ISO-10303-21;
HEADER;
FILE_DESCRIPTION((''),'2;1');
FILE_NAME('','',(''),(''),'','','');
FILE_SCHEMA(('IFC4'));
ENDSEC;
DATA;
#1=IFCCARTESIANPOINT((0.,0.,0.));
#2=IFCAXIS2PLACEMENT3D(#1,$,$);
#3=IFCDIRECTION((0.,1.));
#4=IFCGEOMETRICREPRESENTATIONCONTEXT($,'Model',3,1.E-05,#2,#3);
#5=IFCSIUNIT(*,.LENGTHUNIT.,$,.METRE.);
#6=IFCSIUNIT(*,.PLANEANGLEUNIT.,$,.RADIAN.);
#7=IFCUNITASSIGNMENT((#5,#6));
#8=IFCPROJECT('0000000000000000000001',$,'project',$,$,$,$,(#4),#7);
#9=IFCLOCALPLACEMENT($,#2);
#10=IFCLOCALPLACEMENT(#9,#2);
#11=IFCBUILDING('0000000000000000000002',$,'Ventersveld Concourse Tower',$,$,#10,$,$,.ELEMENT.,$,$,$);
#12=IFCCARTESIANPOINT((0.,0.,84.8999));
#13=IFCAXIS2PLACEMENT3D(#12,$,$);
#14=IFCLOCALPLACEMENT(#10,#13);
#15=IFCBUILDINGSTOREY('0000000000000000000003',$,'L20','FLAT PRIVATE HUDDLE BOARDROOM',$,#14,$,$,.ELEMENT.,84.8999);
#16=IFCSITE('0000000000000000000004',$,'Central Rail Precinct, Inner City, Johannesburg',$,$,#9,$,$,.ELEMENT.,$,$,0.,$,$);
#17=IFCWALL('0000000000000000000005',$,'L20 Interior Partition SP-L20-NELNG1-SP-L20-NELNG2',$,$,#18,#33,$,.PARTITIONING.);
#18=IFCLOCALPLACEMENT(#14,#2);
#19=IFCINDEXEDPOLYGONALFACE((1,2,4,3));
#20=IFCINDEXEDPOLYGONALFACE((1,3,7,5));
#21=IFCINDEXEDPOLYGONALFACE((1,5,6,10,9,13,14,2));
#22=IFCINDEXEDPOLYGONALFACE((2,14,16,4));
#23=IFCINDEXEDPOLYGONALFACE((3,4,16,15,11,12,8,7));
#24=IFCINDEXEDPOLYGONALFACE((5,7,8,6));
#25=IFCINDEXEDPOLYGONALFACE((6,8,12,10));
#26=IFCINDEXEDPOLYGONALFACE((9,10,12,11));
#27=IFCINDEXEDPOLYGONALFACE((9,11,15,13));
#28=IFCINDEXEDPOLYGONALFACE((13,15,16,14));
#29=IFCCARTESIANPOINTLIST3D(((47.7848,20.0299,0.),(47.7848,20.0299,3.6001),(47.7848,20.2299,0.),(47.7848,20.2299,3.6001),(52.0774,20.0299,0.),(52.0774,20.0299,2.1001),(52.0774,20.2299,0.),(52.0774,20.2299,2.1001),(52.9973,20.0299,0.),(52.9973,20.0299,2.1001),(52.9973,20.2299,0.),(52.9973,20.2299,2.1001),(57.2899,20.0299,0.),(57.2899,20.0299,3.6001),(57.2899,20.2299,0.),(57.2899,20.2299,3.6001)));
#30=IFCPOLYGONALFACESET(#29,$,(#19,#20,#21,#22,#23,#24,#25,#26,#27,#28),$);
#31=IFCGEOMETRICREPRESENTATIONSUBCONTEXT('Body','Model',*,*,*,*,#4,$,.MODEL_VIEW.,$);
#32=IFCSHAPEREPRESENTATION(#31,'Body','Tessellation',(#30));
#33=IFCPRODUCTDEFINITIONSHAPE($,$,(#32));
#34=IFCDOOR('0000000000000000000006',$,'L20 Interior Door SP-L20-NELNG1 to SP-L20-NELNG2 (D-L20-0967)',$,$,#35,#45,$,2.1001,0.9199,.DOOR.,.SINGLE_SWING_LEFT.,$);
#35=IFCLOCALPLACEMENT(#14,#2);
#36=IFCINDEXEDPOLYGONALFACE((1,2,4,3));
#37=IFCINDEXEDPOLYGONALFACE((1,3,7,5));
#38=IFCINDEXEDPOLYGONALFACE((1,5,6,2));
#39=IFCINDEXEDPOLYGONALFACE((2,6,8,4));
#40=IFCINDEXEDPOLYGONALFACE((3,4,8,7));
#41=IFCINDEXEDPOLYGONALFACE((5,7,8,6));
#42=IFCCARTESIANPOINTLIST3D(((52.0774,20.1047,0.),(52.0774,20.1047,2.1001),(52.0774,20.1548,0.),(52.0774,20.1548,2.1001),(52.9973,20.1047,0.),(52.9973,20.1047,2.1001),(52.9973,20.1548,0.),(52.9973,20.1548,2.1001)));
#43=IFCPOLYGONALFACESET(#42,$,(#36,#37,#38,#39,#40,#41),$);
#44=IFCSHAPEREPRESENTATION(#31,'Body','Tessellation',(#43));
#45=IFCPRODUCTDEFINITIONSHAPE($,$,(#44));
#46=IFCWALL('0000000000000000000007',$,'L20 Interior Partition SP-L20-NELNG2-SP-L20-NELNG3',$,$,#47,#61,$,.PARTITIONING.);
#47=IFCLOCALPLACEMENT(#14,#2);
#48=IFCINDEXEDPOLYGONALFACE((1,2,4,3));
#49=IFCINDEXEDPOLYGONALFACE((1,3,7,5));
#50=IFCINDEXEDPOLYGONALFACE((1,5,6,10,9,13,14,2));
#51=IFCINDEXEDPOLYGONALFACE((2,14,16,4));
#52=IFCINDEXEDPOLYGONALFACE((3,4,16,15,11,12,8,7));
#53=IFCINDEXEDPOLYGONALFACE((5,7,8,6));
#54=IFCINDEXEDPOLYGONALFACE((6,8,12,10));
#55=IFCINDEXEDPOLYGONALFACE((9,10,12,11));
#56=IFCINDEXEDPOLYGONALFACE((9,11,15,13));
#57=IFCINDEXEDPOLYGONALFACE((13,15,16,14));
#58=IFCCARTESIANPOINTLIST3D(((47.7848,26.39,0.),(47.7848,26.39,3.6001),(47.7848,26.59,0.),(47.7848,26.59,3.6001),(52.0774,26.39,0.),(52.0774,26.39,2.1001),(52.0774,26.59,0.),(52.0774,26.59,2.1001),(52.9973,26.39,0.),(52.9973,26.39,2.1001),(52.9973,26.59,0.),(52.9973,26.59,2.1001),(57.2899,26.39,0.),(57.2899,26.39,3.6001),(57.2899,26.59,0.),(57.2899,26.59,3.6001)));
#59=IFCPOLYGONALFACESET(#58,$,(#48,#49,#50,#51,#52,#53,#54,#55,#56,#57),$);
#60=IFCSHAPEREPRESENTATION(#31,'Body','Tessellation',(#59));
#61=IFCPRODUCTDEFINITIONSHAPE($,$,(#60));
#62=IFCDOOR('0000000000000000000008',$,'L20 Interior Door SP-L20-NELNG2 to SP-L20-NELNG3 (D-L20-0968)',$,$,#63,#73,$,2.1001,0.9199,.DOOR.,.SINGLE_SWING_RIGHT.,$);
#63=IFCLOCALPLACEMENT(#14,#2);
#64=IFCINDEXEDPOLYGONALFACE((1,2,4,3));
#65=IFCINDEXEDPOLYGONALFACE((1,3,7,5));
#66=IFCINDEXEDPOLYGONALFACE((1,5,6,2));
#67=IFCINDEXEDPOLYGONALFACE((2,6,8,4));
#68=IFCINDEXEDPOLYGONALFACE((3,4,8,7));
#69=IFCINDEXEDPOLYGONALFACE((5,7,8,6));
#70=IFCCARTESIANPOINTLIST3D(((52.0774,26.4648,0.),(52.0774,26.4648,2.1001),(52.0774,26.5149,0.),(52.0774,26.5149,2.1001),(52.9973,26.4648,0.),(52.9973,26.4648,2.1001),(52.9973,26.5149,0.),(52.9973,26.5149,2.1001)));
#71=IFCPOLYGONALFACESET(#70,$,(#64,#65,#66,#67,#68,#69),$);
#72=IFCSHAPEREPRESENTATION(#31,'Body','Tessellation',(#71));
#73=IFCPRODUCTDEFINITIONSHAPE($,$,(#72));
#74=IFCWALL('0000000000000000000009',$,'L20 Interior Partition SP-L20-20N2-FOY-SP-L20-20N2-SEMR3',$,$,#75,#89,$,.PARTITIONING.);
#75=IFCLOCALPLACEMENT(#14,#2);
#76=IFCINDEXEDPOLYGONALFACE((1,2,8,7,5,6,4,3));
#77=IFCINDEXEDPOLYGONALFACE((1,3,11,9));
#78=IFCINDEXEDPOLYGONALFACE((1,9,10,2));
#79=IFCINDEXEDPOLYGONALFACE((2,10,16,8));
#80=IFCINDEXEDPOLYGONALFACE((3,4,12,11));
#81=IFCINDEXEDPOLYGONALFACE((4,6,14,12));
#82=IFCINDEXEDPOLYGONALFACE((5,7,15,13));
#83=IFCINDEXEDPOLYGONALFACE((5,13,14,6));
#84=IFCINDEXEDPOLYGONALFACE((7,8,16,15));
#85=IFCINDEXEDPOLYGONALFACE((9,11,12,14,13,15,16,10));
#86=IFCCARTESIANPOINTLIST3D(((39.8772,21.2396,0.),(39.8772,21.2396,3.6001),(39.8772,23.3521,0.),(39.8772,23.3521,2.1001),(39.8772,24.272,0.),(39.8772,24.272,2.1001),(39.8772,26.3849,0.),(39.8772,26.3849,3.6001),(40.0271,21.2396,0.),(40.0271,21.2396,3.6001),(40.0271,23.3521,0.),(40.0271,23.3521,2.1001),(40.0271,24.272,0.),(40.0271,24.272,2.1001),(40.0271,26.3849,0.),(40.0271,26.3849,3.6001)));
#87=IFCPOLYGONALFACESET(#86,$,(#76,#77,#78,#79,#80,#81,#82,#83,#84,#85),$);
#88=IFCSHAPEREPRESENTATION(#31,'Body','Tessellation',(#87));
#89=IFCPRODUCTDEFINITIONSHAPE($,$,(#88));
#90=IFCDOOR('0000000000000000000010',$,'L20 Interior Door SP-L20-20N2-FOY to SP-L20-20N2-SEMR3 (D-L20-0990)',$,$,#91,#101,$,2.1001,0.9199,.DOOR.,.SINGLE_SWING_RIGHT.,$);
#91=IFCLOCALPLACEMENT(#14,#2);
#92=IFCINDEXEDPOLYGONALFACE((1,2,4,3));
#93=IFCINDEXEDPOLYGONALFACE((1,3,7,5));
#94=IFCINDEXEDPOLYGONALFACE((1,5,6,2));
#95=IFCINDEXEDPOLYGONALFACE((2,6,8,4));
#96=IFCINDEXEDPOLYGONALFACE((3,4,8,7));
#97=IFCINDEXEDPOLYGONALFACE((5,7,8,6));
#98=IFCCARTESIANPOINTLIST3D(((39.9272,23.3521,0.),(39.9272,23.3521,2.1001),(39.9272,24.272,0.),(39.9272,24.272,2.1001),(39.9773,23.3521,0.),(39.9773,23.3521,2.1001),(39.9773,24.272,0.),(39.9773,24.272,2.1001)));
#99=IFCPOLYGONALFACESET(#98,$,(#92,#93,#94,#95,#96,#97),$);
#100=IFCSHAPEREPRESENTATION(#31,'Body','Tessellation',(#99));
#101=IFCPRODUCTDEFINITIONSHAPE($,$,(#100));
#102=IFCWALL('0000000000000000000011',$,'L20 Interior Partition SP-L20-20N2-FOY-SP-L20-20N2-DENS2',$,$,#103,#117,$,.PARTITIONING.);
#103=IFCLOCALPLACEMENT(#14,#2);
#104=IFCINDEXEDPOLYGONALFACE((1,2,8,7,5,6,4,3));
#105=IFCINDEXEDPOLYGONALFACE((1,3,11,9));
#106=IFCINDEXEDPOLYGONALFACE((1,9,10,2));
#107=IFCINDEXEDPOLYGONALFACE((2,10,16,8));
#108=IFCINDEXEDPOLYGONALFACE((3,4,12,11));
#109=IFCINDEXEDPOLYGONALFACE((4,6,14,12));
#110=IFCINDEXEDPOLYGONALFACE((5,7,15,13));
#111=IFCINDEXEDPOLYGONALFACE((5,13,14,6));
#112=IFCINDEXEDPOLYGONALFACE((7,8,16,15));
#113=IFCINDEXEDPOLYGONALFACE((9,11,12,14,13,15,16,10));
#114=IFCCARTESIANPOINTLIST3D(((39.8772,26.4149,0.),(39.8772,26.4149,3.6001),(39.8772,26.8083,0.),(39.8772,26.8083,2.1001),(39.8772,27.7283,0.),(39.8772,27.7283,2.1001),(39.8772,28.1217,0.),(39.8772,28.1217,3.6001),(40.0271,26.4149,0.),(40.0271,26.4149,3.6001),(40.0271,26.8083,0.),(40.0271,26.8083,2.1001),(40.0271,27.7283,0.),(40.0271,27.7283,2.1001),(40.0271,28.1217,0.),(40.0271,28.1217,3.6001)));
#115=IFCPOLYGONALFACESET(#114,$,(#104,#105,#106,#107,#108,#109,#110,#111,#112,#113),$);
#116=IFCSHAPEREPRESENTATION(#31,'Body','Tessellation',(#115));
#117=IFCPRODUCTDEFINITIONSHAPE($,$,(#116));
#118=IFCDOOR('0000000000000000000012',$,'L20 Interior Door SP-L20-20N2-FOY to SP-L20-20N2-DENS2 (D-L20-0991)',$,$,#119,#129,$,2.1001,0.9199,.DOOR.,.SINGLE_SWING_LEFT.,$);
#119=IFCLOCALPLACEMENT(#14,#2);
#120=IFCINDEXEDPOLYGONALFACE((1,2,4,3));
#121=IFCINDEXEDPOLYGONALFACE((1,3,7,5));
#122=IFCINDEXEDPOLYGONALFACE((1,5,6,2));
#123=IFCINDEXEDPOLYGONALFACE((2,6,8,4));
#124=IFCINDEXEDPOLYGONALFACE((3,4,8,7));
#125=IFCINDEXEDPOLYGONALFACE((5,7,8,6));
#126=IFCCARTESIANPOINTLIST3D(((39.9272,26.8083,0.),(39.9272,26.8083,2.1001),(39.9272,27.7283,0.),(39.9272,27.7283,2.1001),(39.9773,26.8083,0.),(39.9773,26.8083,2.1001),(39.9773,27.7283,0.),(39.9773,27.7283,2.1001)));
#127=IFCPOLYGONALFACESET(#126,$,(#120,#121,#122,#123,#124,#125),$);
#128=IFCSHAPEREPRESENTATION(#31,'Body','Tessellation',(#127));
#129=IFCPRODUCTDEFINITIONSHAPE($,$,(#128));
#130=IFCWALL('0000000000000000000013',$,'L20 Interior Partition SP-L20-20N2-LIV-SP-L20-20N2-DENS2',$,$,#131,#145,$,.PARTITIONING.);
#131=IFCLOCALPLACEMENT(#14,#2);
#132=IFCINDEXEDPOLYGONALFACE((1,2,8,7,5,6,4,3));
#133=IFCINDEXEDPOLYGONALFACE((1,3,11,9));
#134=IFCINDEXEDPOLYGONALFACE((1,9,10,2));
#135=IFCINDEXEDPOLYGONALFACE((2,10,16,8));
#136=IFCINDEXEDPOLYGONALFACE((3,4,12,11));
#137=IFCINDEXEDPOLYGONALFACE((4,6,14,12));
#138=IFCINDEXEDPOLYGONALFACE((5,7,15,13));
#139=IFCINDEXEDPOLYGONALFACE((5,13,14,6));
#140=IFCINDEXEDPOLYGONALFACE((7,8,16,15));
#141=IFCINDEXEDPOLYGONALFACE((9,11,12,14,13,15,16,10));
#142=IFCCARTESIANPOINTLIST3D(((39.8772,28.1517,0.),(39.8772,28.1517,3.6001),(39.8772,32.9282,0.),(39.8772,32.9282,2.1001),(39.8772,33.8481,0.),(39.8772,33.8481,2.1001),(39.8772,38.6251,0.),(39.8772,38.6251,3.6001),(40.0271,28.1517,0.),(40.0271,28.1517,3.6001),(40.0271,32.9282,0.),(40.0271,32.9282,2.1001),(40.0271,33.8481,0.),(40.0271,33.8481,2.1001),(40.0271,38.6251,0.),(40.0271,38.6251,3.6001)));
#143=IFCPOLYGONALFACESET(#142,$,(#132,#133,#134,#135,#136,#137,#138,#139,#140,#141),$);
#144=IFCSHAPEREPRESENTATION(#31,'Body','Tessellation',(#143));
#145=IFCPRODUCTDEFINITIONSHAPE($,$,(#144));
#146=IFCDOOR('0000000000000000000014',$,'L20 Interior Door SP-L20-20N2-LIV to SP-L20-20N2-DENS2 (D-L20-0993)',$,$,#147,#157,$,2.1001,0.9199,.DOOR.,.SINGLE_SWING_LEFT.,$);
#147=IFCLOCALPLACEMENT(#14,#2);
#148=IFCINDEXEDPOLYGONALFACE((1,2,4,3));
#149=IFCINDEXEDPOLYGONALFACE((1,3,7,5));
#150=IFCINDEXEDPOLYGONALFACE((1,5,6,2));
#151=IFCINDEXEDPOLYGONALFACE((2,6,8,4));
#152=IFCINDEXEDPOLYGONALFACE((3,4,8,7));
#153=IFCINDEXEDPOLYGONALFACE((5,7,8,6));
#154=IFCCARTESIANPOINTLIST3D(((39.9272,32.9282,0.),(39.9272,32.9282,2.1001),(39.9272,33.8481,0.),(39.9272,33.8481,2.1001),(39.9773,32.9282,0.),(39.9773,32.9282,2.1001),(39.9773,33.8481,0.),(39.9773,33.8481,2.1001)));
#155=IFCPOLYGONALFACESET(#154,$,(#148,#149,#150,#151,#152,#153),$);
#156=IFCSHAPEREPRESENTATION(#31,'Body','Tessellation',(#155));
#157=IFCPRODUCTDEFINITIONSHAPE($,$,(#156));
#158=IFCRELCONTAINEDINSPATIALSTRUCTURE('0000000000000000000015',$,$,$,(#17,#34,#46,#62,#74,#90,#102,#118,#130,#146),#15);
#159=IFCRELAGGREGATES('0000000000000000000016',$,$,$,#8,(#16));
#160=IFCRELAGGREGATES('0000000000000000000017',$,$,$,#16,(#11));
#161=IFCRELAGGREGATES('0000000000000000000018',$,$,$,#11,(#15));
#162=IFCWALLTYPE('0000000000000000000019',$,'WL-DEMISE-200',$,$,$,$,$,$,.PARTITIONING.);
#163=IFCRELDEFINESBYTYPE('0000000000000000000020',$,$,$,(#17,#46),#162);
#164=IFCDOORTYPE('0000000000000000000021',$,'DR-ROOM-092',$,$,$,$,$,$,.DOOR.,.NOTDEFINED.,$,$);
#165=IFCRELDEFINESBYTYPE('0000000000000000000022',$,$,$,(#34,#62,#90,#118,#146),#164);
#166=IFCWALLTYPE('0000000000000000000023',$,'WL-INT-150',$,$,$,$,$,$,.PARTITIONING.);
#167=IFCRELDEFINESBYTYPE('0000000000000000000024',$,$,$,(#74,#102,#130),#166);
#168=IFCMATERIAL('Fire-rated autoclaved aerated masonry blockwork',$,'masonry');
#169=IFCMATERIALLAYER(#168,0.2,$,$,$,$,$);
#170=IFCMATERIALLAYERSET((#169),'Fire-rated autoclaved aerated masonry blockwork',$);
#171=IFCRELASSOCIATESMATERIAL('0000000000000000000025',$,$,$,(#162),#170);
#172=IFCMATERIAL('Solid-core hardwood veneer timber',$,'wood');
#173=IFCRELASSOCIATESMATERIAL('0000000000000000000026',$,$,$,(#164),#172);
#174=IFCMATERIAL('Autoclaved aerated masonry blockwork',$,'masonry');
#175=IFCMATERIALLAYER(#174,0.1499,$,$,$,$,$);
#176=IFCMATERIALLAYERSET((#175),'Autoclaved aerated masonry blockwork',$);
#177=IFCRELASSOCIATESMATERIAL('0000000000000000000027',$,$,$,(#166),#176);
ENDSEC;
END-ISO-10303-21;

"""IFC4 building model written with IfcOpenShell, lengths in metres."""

from ifc_helpers import new_model, si_unit, direction, frame, frame_2d, origin, place, context, subcontext, project, spatial, rectangle, extrude, material, layer, layer_set, type_object, element, fill, save


model = new_model("IFC4")

# Units and contexts
model_context = context("Model", 3, precision=1e-05, world=origin(), true_north=direction((0.0, 1.0)))
body_context = subcontext(model_context, "Body", "Model", "MODEL_VIEW")
ifc_project = project(units=[si_unit("LENGTHUNIT", "METRE"), si_unit("PLANEANGLEUNIT", "RADIAN")], contexts=[model_context])

# Site, building, storey
site_placement = place(None, origin())
site = spatial("IfcSite", under=ifc_project, at=site_placement, Name="Central Rail Precinct, Inner City, Johannesburg", CompositionType="ELEMENT", RefElevation=0.0)
building_placement = place(site_placement, origin())
building = spatial("IfcBuilding", under=site, at=building_placement, Name="Ventersveld Concourse Tower", CompositionType="ELEMENT")
storey_placement = place(building_placement, frame((0.0, 0.0, 84.8999)))
storey = spatial("IfcBuildingStorey", under=building, at=storey_placement, Name="L20", Description="FLAT PRIVATE HUDDLE BOARDROOM", CompositionType="ELEMENT", Elevation=84.8999)

# Shared definitions
ifc_material_1 = material(Name="Fire-rated autoclaved aerated masonry blockwork", Category="masonry")
ifc_material_2 = material(Name="Solid-core hardwood veneer timber", Category="wood")

# Walls, openings, doors
ifc_layer_1 = layer(ifc_material_1, 0.2)
ifc_layer_set_1 = layer_set([ifc_layer_1], Name="Fire-rated autoclaved aerated masonry blockwork")
wall_type_1 = type_object("IfcWallType", Name="WL-DEMISE-200", PredefinedType="PARTITIONING", material=ifc_layer_set_1)
wall_1_placement = place(storey_placement, frame((47.7849, 20.1299, 0.0), z_axis=(0.0, 0.0, 1.0), x_axis=(1.0, 0.0, 0.0)))
wall_1 = element("IfcWall", 1, at=wall_1_placement, inside=storey, type_object=wall_type_1, Name="L20 Interior Partition SP-L20-NELNG1-SP-L20-NELNG2", PredefinedType="PARTITIONING", context=body_context, shape_type="SweptSolid", body=[
    extrude(rectangle(XDim=9.5051, YDim=0.2, at=frame_2d((4.7524, 0.0))), origin(), (0.0, 0.0, 1.0), 3.6001),
])
opening_1_placement = place(wall_1_placement, frame((4.2925, 0.0, 0.0)))
opening_1 = element("IfcOpeningElement", 2, at=opening_1_placement, cuts=wall_1, PredefinedType="OPENING", context=body_context, shape_type="SweptSolid", body=[
    extrude(rectangle(XDim=0.9199, YDim=2.1001, at=frame_2d((0.46, 1.05))), frame((0.0, 0.1099, 0.0), z_axis=(0.0, -1.0, 0.0), x_axis=(1.0, 0.0, 0.0)), (0.0, 0.0, 1.0), 0.22),
])
door_type_1 = type_object("IfcDoorType", Name="DR-ROOM-092", OperationType="NOTDEFINED", PredefinedType="DOOR", material=ifc_material_2)
door_1_placement = place(opening_1_placement, origin())
door_1 = element("IfcDoor", 3, at=door_1_placement, inside=storey, type_object=door_type_1, Name="L20 Interior Door SP-L20-NELNG1 to SP-L20-NELNG2 (D-L20-0967)", OperationType="SINGLE_SWING_LEFT", OverallHeight=2.1001, OverallWidth=0.9199, PredefinedType="DOOR", context=body_context, shape_type="SweptSolid", body=[
    extrude(rectangle(XDim=0.9199, YDim=2.1001, at=frame_2d((0.46, 1.05))), frame((0.0, 0.0249, 0.0), z_axis=(0.0, -1.0, 0.0), x_axis=(1.0, 0.0, 0.0)), (0.0, 0.0, 1.0), 0.05),
])
fill(opening_1, door_1)
wall_2_placement = place(storey_placement, frame((47.7849, 26.49, 0.0), z_axis=(0.0, 0.0, 1.0), x_axis=(1.0, 0.0, 0.0)))
wall_2 = element("IfcWall", 4, at=wall_2_placement, inside=storey, type_object=wall_type_1, Name="L20 Interior Partition SP-L20-NELNG2-SP-L20-NELNG3", PredefinedType="PARTITIONING", context=body_context, shape_type="SweptSolid", body=[
    extrude(rectangle(XDim=9.5051, YDim=0.2, at=frame_2d((4.7524, 0.0))), origin(), (0.0, 0.0, 1.0), 3.6001),
])
opening_2_placement = place(wall_2_placement, frame((4.2925, 0.0, 0.0)))
opening_2 = element("IfcOpeningElement", 5, at=opening_2_placement, cuts=wall_2, PredefinedType="OPENING", context=body_context, shape_type="SweptSolid", body=[
    extrude(rectangle(XDim=0.9199, YDim=2.1001, at=frame_2d((0.46, 1.05))), frame((0.0, 0.1099, 0.0), z_axis=(0.0, -1.0, 0.0), x_axis=(1.0, 0.0, 0.0)), (0.0, 0.0, 1.0), 0.22),
])
door_2_placement = place(opening_2_placement, origin())
door_2 = element("IfcDoor", 6, at=door_2_placement, inside=storey, type_object=door_type_1, Name="L20 Interior Door SP-L20-NELNG2 to SP-L20-NELNG3 (D-L20-0968)", OperationType="SINGLE_SWING_RIGHT", OverallHeight=2.1001, OverallWidth=0.9199, PredefinedType="DOOR", context=body_context, shape_type="SweptSolid", body=[
    extrude(rectangle(XDim=0.9199, YDim=2.1001, at=frame_2d((0.46, 1.05))), frame((0.0, 0.0249, 0.0), z_axis=(0.0, -1.0, 0.0), x_axis=(1.0, 0.0, 0.0)), (0.0, 0.0, 1.0), 0.05),
])
fill(opening_2, door_2)
ifc_material_3 = material(Name="Autoclaved aerated masonry blockwork", Category="masonry")
ifc_layer_2 = layer(ifc_material_3, 0.1499)
ifc_layer_set_2 = layer_set([ifc_layer_2], Name="Autoclaved aerated masonry blockwork")
wall_type_2 = type_object("IfcWallType", Name="WL-INT-150", PredefinedType="PARTITIONING", material=ifc_layer_set_2)
wall_3_placement = place(storey_placement, frame((39.9521, 21.2395, 0.0), z_axis=(0.0, 0.0, 1.0), x_axis=(0.0, 1.0, 0.0)))
wall_3 = element("IfcWall", 7, at=wall_3_placement, inside=storey, type_object=wall_type_2, Name="L20 Interior Partition SP-L20-20N2-FOY-SP-L20-20N2-SEMR3", PredefinedType="PARTITIONING", context=body_context, shape_type="SweptSolid", body=[
    extrude(rectangle(XDim=5.1453, YDim=0.1499, at=frame_2d((2.5728, 0.0))), origin(), (0.0, 0.0, 1.0), 3.6001),
])
opening_3_placement = place(wall_3_placement, frame((2.1125, 0.0, 0.0)))
opening_3 = element("IfcOpeningElement", 8, at=opening_3_placement, cuts=wall_3, PredefinedType="OPENING", context=body_context, shape_type="SweptSolid", body=[
    extrude(rectangle(XDim=0.9199, YDim=2.1001, at=frame_2d((0.46, 1.05))), frame((0.0, 0.085, 0.0), z_axis=(0.0, -1.0, 0.0), x_axis=(1.0, 0.0, 0.0)), (0.0, 0.0, 1.0), 0.1699),
])
door_3_placement = place(opening_3_placement, origin())
door_3 = element("IfcDoor", 9, at=door_3_placement, inside=storey, type_object=door_type_1, Name="L20 Interior Door SP-L20-20N2-FOY to SP-L20-20N2-SEMR3 (D-L20-0990)", OperationType="SINGLE_SWING_RIGHT", OverallHeight=2.1001, OverallWidth=0.9199, PredefinedType="DOOR", context=body_context, shape_type="SweptSolid", body=[
    extrude(rectangle(XDim=0.9199, YDim=2.1001, at=frame_2d((0.46, 1.05))), frame((0.0, 0.0249, 0.0), z_axis=(0.0, -1.0, 0.0), x_axis=(1.0, 0.0, 0.0)), (0.0, 0.0, 1.0), 0.05),
])
fill(opening_3, door_3)
wall_4_placement = place(storey_placement, frame((39.9521, 26.4148, 0.0), z_axis=(0.0, 0.0, 1.0), x_axis=(0.0, 1.0, 0.0)))
wall_4 = element("IfcWall", 10, at=wall_4_placement, inside=storey, type_object=wall_type_2, Name="L20 Interior Partition SP-L20-20N2-FOY-SP-L20-20N2-DENS2", PredefinedType="PARTITIONING", context=body_context, shape_type="SweptSolid", body=[
    extrude(rectangle(XDim=1.7068, YDim=0.1499, at=frame_2d((0.8535, 0.0))), origin(), (0.0, 0.0, 1.0), 3.6001),
])
opening_4_placement = place(wall_4_placement, frame((0.3936, 0.0, 0.0)))
opening_4 = element("IfcOpeningElement", 11, at=opening_4_placement, cuts=wall_4, PredefinedType="OPENING", context=body_context, shape_type="SweptSolid", body=[
    extrude(rectangle(XDim=0.9199, YDim=2.1001, at=frame_2d((0.46, 1.05))), frame((0.0, 0.085, 0.0), z_axis=(0.0, -1.0, 0.0), x_axis=(1.0, 0.0, 0.0)), (0.0, 0.0, 1.0), 0.1699),
])
door_4_placement = place(opening_4_placement, origin())
door_4 = element("IfcDoor", 12, at=door_4_placement, inside=storey, type_object=door_type_1, Name="L20 Interior Door SP-L20-20N2-FOY to SP-L20-20N2-DENS2 (D-L20-0991)", OperationType="SINGLE_SWING_LEFT", OverallHeight=2.1001, OverallWidth=0.9199, PredefinedType="DOOR", context=body_context, shape_type="SweptSolid", body=[
    extrude(rectangle(XDim=0.9199, YDim=2.1001, at=frame_2d((0.46, 1.05))), frame((0.0, 0.0249, 0.0), z_axis=(0.0, -1.0, 0.0), x_axis=(1.0, 0.0, 0.0)), (0.0, 0.0, 1.0), 0.05),
])
fill(opening_4, door_4)
wall_5_placement = place(storey_placement, frame((39.9521, 28.1516, 0.0), z_axis=(0.0, 0.0, 1.0), x_axis=(0.0, 1.0, 0.0)))
wall_5 = element("IfcWall", 13, at=wall_5_placement, inside=storey, type_object=wall_type_2, Name="L20 Interior Partition SP-L20-20N2-LIV-SP-L20-20N2-DENS2", PredefinedType="PARTITIONING", context=body_context, shape_type="SweptSolid", body=[
    extrude(rectangle(XDim=10.4734, YDim=0.1499, at=frame_2d((5.2368, 0.0))), origin(), (0.0, 0.0, 1.0), 3.6001),
])
opening_5_placement = place(wall_5_placement, frame((4.7766, 0.0, 0.0)))
opening_5 = element("IfcOpeningElement", 14, at=opening_5_placement, cuts=wall_5, PredefinedType="OPENING", context=body_context, shape_type="SweptSolid", body=[
    extrude(rectangle(XDim=0.9199, YDim=2.1001, at=frame_2d((0.46, 1.05))), frame((0.0, 0.085, 0.0), z_axis=(0.0, -1.0, 0.0), x_axis=(1.0, 0.0, 0.0)), (0.0, 0.0, 1.0), 0.1699),
])
door_5_placement = place(opening_5_placement, origin())
door_5 = element("IfcDoor", 15, at=door_5_placement, inside=storey, type_object=door_type_1, Name="L20 Interior Door SP-L20-20N2-LIV to SP-L20-20N2-DENS2 (D-L20-0993)", OperationType="SINGLE_SWING_LEFT", OverallHeight=2.1001, OverallWidth=0.9199, PredefinedType="DOOR", context=body_context, shape_type="SweptSolid", body=[
    extrude(rectangle(XDim=0.9199, YDim=2.1001, at=frame_2d((0.46, 1.05))), frame((0.0, 0.0249, 0.0), z_axis=(0.0, -1.0, 0.0), x_axis=(1.0, 0.0, 0.0)), (0.0, 0.0, 1.0), 0.05),
])
fill(opening_5, door_5)

save(model, "model.ifc")
